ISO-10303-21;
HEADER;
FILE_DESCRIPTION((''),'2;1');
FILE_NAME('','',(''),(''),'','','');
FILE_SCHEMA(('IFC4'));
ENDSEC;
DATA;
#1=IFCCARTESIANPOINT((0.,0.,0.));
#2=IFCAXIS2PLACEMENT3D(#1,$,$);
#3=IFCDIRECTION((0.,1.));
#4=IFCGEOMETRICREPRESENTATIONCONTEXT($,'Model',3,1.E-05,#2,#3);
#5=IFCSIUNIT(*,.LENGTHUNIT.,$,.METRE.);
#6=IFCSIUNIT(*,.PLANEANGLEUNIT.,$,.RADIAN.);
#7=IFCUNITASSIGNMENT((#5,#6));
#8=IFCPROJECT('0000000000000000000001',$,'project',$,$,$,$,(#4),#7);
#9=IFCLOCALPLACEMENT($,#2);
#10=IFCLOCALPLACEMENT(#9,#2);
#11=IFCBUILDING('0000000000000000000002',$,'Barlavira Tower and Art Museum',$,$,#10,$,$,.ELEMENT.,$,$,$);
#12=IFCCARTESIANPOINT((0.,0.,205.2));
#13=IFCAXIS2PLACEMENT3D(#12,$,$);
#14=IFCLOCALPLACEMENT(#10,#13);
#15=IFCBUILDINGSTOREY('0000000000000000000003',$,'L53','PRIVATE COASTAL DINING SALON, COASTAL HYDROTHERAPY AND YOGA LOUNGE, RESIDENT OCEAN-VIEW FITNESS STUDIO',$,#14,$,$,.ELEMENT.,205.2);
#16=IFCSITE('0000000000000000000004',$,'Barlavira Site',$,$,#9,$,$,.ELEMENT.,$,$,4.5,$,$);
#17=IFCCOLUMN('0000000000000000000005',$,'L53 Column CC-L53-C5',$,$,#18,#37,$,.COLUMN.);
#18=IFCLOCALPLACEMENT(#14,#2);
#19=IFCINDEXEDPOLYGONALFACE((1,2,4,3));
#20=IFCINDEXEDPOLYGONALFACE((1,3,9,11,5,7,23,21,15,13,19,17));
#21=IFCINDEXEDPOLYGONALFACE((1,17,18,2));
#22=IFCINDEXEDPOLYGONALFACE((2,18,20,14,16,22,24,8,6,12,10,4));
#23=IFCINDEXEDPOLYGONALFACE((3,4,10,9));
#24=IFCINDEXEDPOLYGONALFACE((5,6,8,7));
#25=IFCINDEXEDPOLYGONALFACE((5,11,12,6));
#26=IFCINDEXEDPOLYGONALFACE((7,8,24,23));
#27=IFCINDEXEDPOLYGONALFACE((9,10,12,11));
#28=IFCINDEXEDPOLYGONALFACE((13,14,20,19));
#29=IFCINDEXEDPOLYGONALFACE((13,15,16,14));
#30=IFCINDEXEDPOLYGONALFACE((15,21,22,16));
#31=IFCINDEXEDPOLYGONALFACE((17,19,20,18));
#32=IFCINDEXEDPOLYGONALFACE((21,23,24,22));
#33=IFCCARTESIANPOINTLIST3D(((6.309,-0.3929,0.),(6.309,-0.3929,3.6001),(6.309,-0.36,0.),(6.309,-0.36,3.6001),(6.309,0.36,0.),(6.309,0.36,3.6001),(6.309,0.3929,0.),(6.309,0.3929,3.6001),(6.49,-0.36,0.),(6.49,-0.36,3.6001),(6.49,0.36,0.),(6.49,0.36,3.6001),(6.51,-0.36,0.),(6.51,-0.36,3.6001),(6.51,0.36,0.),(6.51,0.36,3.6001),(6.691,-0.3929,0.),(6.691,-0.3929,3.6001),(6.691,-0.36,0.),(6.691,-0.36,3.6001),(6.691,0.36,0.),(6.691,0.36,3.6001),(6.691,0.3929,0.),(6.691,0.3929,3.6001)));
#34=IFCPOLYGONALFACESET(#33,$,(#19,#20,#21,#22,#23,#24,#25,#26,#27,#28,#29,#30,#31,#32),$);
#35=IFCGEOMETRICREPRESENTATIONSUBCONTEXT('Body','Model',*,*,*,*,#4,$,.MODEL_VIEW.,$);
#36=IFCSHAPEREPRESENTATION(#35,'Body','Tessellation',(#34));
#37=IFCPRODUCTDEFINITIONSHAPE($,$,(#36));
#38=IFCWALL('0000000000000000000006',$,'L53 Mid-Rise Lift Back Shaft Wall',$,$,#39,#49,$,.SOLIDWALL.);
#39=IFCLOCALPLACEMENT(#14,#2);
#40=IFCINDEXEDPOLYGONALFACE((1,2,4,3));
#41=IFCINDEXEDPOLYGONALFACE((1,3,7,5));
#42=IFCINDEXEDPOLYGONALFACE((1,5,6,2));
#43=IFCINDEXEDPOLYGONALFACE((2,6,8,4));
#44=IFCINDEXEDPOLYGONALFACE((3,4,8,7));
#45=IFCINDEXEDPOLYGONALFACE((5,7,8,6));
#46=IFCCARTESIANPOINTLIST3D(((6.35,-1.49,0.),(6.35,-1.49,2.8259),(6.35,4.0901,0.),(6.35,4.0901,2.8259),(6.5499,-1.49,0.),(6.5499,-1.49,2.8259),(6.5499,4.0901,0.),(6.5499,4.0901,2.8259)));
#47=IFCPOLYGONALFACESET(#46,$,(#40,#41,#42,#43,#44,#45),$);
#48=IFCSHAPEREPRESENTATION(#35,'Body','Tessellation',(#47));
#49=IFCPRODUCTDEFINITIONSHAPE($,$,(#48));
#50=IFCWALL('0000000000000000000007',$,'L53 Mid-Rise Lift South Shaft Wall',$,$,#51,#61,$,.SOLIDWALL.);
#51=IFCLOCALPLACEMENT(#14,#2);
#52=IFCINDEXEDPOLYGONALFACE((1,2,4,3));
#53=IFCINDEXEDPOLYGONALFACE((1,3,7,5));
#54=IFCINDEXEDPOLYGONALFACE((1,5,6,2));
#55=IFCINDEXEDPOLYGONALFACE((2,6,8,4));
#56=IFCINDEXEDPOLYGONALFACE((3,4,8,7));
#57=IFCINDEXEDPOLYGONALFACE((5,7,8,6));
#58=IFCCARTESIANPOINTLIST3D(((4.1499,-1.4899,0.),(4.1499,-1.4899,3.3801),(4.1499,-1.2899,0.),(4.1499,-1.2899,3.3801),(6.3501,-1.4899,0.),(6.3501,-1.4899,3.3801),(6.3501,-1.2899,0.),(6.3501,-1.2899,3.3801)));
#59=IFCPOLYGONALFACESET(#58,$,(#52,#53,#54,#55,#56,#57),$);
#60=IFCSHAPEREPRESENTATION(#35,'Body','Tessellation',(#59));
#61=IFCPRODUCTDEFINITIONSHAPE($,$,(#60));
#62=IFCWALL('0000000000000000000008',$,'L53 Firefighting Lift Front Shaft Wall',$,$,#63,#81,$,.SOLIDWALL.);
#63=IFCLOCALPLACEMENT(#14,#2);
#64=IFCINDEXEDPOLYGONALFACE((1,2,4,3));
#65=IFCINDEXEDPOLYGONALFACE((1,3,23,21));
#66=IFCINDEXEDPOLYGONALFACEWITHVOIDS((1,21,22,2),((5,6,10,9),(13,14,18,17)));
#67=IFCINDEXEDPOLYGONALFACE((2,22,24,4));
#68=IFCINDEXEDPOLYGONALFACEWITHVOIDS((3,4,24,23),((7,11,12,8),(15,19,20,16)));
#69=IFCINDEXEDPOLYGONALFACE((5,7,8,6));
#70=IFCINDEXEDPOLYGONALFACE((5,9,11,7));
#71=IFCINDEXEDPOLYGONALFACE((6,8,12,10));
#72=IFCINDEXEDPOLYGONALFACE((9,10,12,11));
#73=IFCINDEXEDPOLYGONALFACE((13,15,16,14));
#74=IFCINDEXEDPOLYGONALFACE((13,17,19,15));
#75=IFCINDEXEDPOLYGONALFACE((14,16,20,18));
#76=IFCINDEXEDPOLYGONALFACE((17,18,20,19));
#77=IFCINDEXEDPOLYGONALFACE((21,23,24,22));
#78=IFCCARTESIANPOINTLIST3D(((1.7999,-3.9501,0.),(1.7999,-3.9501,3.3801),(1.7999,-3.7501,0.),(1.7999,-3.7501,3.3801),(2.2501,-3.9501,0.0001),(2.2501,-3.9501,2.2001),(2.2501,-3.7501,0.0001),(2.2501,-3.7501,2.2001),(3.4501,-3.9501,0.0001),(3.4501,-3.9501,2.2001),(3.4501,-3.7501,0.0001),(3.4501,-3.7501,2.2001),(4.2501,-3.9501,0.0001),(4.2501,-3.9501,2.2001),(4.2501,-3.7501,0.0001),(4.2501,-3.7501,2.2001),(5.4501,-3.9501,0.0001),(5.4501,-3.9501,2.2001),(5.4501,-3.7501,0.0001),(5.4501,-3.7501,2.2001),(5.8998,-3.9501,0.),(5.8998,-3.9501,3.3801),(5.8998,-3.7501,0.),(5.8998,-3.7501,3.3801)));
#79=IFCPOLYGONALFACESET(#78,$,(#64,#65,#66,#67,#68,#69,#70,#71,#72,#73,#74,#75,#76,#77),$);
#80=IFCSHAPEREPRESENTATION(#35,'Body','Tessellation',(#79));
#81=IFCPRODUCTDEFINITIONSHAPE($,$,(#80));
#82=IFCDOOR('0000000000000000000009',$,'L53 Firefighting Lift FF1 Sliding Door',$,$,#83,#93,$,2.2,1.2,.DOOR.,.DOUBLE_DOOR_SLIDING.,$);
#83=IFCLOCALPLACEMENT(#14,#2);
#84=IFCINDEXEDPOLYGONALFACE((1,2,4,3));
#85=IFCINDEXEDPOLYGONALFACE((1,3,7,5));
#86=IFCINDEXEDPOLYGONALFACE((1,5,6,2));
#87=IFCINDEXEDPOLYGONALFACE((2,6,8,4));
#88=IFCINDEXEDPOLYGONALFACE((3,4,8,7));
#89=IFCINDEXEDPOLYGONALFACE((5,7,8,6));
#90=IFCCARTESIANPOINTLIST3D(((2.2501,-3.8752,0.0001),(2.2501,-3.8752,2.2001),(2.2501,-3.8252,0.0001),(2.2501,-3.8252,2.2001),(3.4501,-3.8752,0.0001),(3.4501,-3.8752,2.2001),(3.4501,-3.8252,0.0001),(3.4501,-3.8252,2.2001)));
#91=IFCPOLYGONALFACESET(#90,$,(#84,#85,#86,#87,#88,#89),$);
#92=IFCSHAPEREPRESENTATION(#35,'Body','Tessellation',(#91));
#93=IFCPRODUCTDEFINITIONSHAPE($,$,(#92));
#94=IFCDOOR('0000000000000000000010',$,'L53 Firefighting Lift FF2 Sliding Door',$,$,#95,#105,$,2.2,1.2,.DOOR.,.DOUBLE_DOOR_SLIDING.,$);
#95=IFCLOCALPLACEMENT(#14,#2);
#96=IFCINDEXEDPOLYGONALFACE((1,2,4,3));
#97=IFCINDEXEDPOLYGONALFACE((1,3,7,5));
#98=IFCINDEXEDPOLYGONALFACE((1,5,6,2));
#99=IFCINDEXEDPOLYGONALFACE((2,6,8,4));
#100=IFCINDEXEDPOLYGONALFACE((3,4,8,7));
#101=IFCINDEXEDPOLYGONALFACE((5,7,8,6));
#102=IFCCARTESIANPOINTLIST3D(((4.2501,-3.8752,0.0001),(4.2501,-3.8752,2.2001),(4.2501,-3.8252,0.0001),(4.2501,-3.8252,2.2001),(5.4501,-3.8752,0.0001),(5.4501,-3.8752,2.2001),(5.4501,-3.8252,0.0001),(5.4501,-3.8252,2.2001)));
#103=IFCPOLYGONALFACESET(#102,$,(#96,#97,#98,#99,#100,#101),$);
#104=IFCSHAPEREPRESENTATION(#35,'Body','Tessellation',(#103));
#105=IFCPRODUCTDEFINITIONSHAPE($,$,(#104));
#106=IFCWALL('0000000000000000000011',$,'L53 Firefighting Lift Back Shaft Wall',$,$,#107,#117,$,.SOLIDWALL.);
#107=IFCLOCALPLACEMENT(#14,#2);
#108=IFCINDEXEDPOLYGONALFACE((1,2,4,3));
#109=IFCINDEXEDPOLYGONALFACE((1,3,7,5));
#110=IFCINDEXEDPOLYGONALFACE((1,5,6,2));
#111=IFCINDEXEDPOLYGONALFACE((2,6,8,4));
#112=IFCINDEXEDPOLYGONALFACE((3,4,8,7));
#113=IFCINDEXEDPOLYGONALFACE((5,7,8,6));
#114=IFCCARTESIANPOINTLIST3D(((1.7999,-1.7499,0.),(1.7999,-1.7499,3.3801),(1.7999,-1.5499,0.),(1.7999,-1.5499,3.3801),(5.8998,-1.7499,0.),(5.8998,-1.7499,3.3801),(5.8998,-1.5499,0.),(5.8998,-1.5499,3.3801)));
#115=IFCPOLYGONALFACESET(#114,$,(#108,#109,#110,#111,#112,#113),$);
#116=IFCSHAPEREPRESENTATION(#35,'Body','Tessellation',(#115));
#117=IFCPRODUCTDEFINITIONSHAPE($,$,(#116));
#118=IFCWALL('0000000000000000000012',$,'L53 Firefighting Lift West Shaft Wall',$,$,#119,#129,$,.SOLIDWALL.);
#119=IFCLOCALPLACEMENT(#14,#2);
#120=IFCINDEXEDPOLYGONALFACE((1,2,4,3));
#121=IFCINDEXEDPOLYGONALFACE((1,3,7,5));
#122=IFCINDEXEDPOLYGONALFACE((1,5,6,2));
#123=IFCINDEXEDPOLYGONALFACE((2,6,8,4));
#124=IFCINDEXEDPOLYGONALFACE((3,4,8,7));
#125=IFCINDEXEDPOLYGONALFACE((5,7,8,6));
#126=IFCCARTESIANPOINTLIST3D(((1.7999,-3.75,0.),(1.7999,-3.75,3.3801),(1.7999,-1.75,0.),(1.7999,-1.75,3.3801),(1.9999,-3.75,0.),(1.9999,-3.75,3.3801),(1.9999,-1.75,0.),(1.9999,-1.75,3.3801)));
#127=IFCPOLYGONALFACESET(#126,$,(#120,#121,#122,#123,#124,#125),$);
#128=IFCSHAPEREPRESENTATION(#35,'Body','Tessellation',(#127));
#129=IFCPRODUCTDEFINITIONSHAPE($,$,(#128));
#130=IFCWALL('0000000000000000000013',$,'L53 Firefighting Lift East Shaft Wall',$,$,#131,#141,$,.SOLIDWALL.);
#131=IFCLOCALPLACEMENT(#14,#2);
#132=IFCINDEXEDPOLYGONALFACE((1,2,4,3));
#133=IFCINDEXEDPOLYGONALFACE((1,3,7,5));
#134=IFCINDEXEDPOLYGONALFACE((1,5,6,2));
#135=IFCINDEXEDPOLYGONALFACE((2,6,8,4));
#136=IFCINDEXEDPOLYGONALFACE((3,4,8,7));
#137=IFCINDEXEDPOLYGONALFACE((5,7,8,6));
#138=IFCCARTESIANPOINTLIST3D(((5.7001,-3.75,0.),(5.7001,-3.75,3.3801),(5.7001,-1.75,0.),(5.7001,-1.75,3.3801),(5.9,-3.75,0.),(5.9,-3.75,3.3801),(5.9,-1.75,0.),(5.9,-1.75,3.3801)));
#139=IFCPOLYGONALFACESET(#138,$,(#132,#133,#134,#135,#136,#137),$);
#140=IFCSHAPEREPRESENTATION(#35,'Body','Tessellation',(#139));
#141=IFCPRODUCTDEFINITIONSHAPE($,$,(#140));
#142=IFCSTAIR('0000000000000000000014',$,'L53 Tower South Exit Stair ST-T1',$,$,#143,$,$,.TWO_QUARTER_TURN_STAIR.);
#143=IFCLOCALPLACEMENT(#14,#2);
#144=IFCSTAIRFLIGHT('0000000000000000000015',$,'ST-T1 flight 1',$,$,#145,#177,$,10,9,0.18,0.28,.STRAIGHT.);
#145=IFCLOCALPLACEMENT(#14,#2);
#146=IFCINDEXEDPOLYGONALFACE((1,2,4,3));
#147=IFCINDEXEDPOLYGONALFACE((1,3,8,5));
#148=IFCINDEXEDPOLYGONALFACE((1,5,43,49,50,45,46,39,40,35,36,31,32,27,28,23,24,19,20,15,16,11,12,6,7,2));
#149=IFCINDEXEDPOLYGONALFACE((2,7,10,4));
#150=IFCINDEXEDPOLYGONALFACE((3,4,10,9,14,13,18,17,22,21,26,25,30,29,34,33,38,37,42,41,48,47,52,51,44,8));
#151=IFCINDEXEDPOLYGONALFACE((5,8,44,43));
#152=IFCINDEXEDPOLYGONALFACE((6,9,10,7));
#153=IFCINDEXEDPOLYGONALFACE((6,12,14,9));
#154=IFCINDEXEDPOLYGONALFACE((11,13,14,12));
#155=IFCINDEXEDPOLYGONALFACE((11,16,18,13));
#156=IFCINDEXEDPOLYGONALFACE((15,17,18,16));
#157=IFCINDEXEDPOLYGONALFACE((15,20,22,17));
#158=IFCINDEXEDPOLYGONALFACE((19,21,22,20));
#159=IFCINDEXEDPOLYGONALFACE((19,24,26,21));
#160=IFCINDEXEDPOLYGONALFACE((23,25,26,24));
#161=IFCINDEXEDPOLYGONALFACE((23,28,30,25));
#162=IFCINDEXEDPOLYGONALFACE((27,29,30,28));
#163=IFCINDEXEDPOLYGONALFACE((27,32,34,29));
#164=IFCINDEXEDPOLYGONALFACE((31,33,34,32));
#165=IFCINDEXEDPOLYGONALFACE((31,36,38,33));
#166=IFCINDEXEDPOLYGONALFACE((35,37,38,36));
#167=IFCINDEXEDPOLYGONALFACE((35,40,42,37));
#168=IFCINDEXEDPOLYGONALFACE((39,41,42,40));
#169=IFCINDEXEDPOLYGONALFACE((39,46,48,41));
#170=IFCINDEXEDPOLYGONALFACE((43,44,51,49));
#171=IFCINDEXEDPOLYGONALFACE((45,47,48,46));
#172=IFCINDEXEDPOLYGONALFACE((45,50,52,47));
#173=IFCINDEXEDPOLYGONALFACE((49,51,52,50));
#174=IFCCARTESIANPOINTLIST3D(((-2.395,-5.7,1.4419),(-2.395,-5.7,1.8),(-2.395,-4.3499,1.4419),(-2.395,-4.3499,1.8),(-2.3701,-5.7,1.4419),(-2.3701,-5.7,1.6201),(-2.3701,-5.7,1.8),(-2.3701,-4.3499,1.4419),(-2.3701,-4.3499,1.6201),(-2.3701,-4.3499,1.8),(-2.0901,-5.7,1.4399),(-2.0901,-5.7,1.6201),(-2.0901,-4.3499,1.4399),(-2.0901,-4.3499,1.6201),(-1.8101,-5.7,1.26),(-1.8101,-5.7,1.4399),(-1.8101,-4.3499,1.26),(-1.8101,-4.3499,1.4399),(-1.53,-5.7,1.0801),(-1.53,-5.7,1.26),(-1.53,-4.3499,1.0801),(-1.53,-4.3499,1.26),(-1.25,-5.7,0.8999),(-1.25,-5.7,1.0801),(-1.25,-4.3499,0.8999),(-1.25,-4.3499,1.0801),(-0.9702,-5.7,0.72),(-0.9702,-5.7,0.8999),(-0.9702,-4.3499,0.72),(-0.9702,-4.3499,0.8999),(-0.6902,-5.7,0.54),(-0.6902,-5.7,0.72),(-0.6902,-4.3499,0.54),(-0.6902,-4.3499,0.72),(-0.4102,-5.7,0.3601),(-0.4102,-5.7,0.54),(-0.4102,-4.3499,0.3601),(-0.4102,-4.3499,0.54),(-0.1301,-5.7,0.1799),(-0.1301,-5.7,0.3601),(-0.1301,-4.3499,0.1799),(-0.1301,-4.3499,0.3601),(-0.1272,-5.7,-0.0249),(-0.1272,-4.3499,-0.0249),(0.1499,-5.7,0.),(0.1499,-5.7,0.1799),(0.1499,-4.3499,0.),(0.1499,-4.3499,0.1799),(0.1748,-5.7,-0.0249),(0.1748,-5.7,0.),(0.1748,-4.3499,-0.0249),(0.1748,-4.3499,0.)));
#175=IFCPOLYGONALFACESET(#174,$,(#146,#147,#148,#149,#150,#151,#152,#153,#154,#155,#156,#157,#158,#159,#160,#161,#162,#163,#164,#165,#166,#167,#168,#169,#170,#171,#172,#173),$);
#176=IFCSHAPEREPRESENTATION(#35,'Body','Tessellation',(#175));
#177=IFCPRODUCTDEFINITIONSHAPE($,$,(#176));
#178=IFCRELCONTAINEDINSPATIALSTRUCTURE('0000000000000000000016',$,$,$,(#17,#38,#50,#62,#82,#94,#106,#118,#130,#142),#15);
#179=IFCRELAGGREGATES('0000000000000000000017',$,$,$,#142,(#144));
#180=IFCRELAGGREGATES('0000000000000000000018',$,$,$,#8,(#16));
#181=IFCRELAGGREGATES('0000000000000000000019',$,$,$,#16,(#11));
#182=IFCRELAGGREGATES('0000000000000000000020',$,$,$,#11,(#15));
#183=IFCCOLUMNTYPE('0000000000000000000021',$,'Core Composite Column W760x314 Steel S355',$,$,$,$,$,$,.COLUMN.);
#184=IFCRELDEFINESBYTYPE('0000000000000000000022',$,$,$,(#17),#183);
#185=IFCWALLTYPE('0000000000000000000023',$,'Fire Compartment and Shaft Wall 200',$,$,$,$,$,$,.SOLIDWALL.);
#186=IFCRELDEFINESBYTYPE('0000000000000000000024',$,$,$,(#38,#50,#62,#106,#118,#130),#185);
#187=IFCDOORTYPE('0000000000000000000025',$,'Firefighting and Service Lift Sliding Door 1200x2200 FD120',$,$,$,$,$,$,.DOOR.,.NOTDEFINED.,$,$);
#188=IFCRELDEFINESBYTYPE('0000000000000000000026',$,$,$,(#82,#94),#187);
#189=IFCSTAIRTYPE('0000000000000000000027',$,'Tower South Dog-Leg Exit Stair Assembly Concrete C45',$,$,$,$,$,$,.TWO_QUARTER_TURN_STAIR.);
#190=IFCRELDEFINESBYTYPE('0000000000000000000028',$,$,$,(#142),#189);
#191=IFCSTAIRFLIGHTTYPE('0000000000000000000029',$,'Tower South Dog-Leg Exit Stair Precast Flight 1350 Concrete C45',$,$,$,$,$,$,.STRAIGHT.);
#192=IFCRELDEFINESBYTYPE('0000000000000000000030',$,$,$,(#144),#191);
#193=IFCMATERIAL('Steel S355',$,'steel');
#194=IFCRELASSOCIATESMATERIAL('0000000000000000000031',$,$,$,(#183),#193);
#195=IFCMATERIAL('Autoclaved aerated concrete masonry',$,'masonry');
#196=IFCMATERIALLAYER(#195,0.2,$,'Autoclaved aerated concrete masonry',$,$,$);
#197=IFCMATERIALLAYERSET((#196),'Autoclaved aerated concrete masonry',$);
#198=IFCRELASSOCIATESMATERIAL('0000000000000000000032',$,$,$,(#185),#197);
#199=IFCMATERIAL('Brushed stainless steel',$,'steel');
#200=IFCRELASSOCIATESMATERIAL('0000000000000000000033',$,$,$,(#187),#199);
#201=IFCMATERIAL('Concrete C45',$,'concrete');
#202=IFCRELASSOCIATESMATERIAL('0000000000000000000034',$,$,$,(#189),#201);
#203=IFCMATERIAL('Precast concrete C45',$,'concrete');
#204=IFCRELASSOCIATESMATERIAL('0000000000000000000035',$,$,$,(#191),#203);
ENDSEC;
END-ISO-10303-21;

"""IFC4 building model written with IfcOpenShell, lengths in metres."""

from ifc_helpers import new_model, si_unit, direction, frame, frame_2d, origin, origin_2d, place, context, subcontext, project, spatial, polyline, rectangle, i_section, outline, extrude, material, layer, layer_set, material_profile, profile_set, type_object, element, fill, aggregate, save


model = new_model("IFC4")

# Units and contexts
model_context = context("Model", 3, precision=1e-05, world=origin(), true_north=direction((0.0, 1.0)))
body_context = subcontext(model_context, "Body", "Model", "MODEL_VIEW")
ifc_project = project(units=[si_unit("LENGTHUNIT", "METRE"), si_unit("PLANEANGLEUNIT", "RADIAN")], contexts=[model_context])

# Site, building, storey
site_placement = place(None, origin())
site = spatial("IfcSite", under=ifc_project, at=site_placement, Name="Barlavira Site", CompositionType="ELEMENT", RefElevation=4.5)
building_placement = place(site_placement, origin())
building = spatial("IfcBuilding", under=site, at=building_placement, Name="Barlavira Tower and Art Museum", CompositionType="ELEMENT")
storey_placement = place(building_placement, frame((0.0, 0.0, 205.2)))
storey = spatial("IfcBuildingStorey", under=building, at=storey_placement, Name="L53", Description="PRIVATE COASTAL DINING SALON, COASTAL HYDROTHERAPY AND YOGA LOUNGE, RESIDENT OCEAN-VIEW FITNESS STUDIO", CompositionType="ELEMENT", Elevation=205.2)

# Column
ifc_material_1 = material(Name="Steel S355", Category="steel")
ifc_material_profile = material_profile(ifc_material_1, i_section(OverallWidth=0.3821, OverallDepth=0.7859, WebThickness=0.02, FlangeThickness=0.033, at=origin_2d()), Name="W760x314.0")
ifc_profile_set = profile_set([ifc_material_profile], Name="Steel S355")
column_type = type_object("IfcColumnType", Name="Core Composite Column W760x314 Steel S355", PredefinedType="COLUMN", material=ifc_profile_set)
column_placement = place(storey_placement, frame((6.5, 0.0, 0.0), z_axis=(0.0, 0.0, 1.0), x_axis=(1.0, 0.0, 0.0)))
element("IfcColumn", 1, at=column_placement, inside=storey, type_object=column_type, Name="L53 Column CC-L53-C5", PredefinedType="COLUMN", context=body_context, shape_type="SweptSolid", body=[
    extrude(i_section(OverallWidth=0.3821, OverallDepth=0.7859, WebThickness=0.02, FlangeThickness=0.033, at=origin_2d()), origin(), (0.0, 0.0, 1.0), 3.6001),
])

# Shared definitions
ifc_material_2 = material(Name="Autoclaved aerated concrete masonry", Category="masonry")
ifc_layer = layer(ifc_material_2, 0.2, Name="Autoclaved aerated concrete masonry")
ifc_layer_set = layer_set([ifc_layer], Name="Autoclaved aerated concrete masonry")
wall_type = type_object("IfcWallType", Name="Fire Compartment and Shaft Wall 200", PredefinedType="SOLIDWALL", material=ifc_layer_set)
ifc_material_3 = material(Name="Brushed stainless steel", Category="steel")

# Walls
wall_1_placement = place(storey_placement, frame((6.45, -1.49, 0.0), z_axis=(0.0, 0.0, 1.0), x_axis=(0.0, 1.0, 0.0)))
element("IfcWall", 2, at=wall_1_placement, inside=storey, type_object=wall_type, Name="L53 Mid-Rise Lift Back Shaft Wall", PredefinedType="SOLIDWALL", context=body_context, shape_type="SweptSolid", body=[
    extrude(rectangle(XDim=5.5801, YDim=0.2, at=frame_2d((2.79, 0.0))), origin(), (0.0, 0.0, 1.0), 2.8259),
])
wall_2_placement = place(storey_placement, frame((4.1499, -1.3899, 0.0), z_axis=(0.0, 0.0, 1.0), x_axis=(1.0, 0.0, 0.0)))
element("IfcWall", 3, at=wall_2_placement, inside=storey, type_object=wall_type, Name="L53 Mid-Rise Lift South Shaft Wall", PredefinedType="SOLIDWALL", context=body_context, shape_type="SweptSolid", body=[
    extrude(rectangle(XDim=2.2002, YDim=0.2, at=frame_2d((1.1001, 0.0))), origin(), (0.0, 0.0, 1.0), 3.3801),
])

# Wall, openings, doors
wall_3_placement = place(storey_placement, frame((1.8, -3.8501, 0.0), z_axis=(0.0, 0.0, 1.0), x_axis=(1.0, 0.0, 0.0)))
wall_3 = element("IfcWall", 4, at=wall_3_placement, inside=storey, type_object=wall_type, Name="L53 Firefighting Lift Front Shaft Wall", PredefinedType="SOLIDWALL", context=body_context, shape_type="SweptSolid", body=[
    extrude(rectangle(XDim=4.0999, YDim=0.2, at=frame_2d((2.0498, 0.0))), origin(), (0.0, 0.0, 1.0), 3.3801),
])
opening_1_placement = place(wall_3_placement, frame((0.45, 0.0, 0.0)))
opening_1 = element("IfcOpeningElement", 5, at=opening_1_placement, cuts=wall_3, PredefinedType="OPENING", context=body_context, shape_type="SweptSolid", body=[
    extrude(rectangle(XDim=1.2, YDim=2.2, at=frame_2d((0.6001, 1.1001))), frame((0.0, 0.1099, 0.0), z_axis=(0.0, -1.0, 0.0), x_axis=(1.0, 0.0, 0.0)), (0.0, 0.0, 1.0), 0.22),
])
opening_2_placement = place(wall_3_placement, frame((2.45, 0.0, 0.0)))
opening_2 = element("IfcOpeningElement", 6, at=opening_2_placement, cuts=wall_3, PredefinedType="OPENING", context=body_context, shape_type="SweptSolid", body=[
    extrude(rectangle(XDim=1.2, YDim=2.2, at=frame_2d((0.6001, 1.1001))), frame((0.0, 0.1099, 0.0), z_axis=(0.0, -1.0, 0.0), x_axis=(1.0, 0.0, 0.0)), (0.0, 0.0, 1.0), 0.22),
])
door_type_1 = type_object("IfcDoorType", Name="Firefighting and Service Lift Sliding Door 1200x2200 FD120", OperationType="NOTDEFINED", PredefinedType="DOOR", material=ifc_material_3)
door_1_placement = place(opening_1_placement, origin())
door_1 = element("IfcDoor", 7, at=door_1_placement, inside=storey, type_object=door_type_1, Name="L53 Firefighting Lift FF1 Sliding Door", OperationType="DOUBLE_DOOR_SLIDING", OverallHeight=2.2, OverallWidth=1.2, PredefinedType="DOOR", context=body_context, shape_type="SweptSolid", body=[
    extrude(rectangle(XDim=1.2, YDim=2.2, at=frame_2d((0.6001, 1.1001))), frame((0.0, 0.0249, 0.0), z_axis=(0.0, -1.0, 0.0), x_axis=(1.0, 0.0, 0.0)), (0.0, 0.0, 1.0), 0.05),
])
fill(opening_1, door_1)
door_2_placement = place(opening_2_placement, origin())
door_2 = element("IfcDoor", 8, at=door_2_placement, inside=storey, type_object=door_type_1, Name="L53 Firefighting Lift FF2 Sliding Door", OperationType="DOUBLE_DOOR_SLIDING", OverallHeight=2.2, OverallWidth=1.2, PredefinedType="DOOR", context=body_context, shape_type="SweptSolid", body=[
    extrude(rectangle(XDim=1.2, YDim=2.2, at=frame_2d((0.6001, 1.1001))), frame((0.0, 0.0249, 0.0), z_axis=(0.0, -1.0, 0.0), x_axis=(1.0, 0.0, 0.0)), (0.0, 0.0, 1.0), 0.05),
])
fill(opening_2, door_2)

# Walls
wall_4_placement = place(storey_placement, frame((1.8, -1.6499, 0.0), z_axis=(0.0, 0.0, 1.0), x_axis=(1.0, 0.0, 0.0)))
element("IfcWall", 9, at=wall_4_placement, inside=storey, type_object=wall_type, Name="L53 Firefighting Lift Back Shaft Wall", PredefinedType="SOLIDWALL", context=body_context, shape_type="SweptSolid", body=[
    extrude(rectangle(XDim=4.0999, YDim=0.2, at=frame_2d((2.0498, 0.0))), origin(), (0.0, 0.0, 1.0), 3.3801),
])
for number, where, z_axis, x_axis, name in (
    (10, (1.8999, -3.75, 0.0), (0.0, 0.0, 1.0), (0.0, 1.0, 0.0), "L53 Firefighting Lift West Shaft Wall"),
    (11, (5.8, -3.75, 0.0), (0.0, 0.0, 1.0), (0.0, 1.0, 0.0), "L53 Firefighting Lift East Shaft Wall"),
):
    element("IfcWall", number, at=place(storey_placement, frame(where, z_axis=z_axis, x_axis=x_axis)), inside=storey, type_object=wall_type, Name=name, PredefinedType="SOLIDWALL", context=body_context, shape_type="SweptSolid", body=[
        extrude(rectangle(XDim=2.0, YDim=0.2, at=frame_2d((1.0, 0.0))), origin(), (0.0, 0.0, 1.0), 3.3801),
    ])

# Stair, stair flight
ifc_material_4 = material(Name="Concrete C45", Category="concrete")
stair_type = type_object("IfcStairType", Name="Tower South Dog-Leg Exit Stair Assembly Concrete C45", PredefinedType="TWO_QUARTER_TURN_STAIR", material=ifc_material_4)
stair_placement = place(storey_placement, origin())
stair = element("IfcStair", 12, at=stair_placement, inside=storey, type_object=stair_type, Name="L53 Tower South Exit Stair ST-T1", PredefinedType="TWO_QUARTER_TURN_STAIR")
ifc_material_5 = material(Name="Precast concrete C45", Category="concrete")
stair_flight_type = type_object("IfcStairFlightType", Name="Tower South Dog-Leg Exit Stair Precast Flight 1350 Concrete C45", PredefinedType="STRAIGHT", material=ifc_material_5)
stair_flight_placement = place(storey_placement, frame((0.1499, -5.0249, 0.0), z_axis=(0.0, 0.0, 1.0), x_axis=(-1.0, 0.0, 0.0)))
stair_flight = element("IfcStairFlight", 13, at=stair_flight_placement, type_object=stair_flight_type, Name="ST-T1 flight 1", NumberOfRisers=10, NumberOfTreads=9, PredefinedType="STRAIGHT", RiserHeight=0.18, TreadLength=0.28, context=body_context, shape_type="SweptSolid", body=[
    extrude(outline(polyline([(-0.0249, 0.0), (0.0, 0.0), (0.0, 0.1799), (0.28, 0.1799), (0.28, 0.3601), (0.5601, 0.3601), (0.5601, 0.54), (0.8401, 0.54), (0.8401, 0.72), (1.1201, 0.72), (1.1201, 0.8999), (1.3999, 0.8999), (1.3999, 1.0801), (1.6799, 1.0801), (1.6799, 1.26), (1.96, 1.26), (1.96, 1.4399), (2.24, 1.4399), (2.24, 1.6201), (2.52, 1.6201), (2.52, 1.8), (2.5449, 1.8), (2.5449, 1.4419), (2.52, 1.4419), (0.2771, -0.0249), (-0.0249, -0.0249), (-0.0249, 0.0)])), frame((0.0, 0.675, 0.0), z_axis=(0.0, -1.0, 0.0), x_axis=(1.0, 0.0, 0.0)), (0.0, 0.0, 1.0), 1.3501),
])
aggregate(stair, [stair_flight])

save(model, "model.ifc")
